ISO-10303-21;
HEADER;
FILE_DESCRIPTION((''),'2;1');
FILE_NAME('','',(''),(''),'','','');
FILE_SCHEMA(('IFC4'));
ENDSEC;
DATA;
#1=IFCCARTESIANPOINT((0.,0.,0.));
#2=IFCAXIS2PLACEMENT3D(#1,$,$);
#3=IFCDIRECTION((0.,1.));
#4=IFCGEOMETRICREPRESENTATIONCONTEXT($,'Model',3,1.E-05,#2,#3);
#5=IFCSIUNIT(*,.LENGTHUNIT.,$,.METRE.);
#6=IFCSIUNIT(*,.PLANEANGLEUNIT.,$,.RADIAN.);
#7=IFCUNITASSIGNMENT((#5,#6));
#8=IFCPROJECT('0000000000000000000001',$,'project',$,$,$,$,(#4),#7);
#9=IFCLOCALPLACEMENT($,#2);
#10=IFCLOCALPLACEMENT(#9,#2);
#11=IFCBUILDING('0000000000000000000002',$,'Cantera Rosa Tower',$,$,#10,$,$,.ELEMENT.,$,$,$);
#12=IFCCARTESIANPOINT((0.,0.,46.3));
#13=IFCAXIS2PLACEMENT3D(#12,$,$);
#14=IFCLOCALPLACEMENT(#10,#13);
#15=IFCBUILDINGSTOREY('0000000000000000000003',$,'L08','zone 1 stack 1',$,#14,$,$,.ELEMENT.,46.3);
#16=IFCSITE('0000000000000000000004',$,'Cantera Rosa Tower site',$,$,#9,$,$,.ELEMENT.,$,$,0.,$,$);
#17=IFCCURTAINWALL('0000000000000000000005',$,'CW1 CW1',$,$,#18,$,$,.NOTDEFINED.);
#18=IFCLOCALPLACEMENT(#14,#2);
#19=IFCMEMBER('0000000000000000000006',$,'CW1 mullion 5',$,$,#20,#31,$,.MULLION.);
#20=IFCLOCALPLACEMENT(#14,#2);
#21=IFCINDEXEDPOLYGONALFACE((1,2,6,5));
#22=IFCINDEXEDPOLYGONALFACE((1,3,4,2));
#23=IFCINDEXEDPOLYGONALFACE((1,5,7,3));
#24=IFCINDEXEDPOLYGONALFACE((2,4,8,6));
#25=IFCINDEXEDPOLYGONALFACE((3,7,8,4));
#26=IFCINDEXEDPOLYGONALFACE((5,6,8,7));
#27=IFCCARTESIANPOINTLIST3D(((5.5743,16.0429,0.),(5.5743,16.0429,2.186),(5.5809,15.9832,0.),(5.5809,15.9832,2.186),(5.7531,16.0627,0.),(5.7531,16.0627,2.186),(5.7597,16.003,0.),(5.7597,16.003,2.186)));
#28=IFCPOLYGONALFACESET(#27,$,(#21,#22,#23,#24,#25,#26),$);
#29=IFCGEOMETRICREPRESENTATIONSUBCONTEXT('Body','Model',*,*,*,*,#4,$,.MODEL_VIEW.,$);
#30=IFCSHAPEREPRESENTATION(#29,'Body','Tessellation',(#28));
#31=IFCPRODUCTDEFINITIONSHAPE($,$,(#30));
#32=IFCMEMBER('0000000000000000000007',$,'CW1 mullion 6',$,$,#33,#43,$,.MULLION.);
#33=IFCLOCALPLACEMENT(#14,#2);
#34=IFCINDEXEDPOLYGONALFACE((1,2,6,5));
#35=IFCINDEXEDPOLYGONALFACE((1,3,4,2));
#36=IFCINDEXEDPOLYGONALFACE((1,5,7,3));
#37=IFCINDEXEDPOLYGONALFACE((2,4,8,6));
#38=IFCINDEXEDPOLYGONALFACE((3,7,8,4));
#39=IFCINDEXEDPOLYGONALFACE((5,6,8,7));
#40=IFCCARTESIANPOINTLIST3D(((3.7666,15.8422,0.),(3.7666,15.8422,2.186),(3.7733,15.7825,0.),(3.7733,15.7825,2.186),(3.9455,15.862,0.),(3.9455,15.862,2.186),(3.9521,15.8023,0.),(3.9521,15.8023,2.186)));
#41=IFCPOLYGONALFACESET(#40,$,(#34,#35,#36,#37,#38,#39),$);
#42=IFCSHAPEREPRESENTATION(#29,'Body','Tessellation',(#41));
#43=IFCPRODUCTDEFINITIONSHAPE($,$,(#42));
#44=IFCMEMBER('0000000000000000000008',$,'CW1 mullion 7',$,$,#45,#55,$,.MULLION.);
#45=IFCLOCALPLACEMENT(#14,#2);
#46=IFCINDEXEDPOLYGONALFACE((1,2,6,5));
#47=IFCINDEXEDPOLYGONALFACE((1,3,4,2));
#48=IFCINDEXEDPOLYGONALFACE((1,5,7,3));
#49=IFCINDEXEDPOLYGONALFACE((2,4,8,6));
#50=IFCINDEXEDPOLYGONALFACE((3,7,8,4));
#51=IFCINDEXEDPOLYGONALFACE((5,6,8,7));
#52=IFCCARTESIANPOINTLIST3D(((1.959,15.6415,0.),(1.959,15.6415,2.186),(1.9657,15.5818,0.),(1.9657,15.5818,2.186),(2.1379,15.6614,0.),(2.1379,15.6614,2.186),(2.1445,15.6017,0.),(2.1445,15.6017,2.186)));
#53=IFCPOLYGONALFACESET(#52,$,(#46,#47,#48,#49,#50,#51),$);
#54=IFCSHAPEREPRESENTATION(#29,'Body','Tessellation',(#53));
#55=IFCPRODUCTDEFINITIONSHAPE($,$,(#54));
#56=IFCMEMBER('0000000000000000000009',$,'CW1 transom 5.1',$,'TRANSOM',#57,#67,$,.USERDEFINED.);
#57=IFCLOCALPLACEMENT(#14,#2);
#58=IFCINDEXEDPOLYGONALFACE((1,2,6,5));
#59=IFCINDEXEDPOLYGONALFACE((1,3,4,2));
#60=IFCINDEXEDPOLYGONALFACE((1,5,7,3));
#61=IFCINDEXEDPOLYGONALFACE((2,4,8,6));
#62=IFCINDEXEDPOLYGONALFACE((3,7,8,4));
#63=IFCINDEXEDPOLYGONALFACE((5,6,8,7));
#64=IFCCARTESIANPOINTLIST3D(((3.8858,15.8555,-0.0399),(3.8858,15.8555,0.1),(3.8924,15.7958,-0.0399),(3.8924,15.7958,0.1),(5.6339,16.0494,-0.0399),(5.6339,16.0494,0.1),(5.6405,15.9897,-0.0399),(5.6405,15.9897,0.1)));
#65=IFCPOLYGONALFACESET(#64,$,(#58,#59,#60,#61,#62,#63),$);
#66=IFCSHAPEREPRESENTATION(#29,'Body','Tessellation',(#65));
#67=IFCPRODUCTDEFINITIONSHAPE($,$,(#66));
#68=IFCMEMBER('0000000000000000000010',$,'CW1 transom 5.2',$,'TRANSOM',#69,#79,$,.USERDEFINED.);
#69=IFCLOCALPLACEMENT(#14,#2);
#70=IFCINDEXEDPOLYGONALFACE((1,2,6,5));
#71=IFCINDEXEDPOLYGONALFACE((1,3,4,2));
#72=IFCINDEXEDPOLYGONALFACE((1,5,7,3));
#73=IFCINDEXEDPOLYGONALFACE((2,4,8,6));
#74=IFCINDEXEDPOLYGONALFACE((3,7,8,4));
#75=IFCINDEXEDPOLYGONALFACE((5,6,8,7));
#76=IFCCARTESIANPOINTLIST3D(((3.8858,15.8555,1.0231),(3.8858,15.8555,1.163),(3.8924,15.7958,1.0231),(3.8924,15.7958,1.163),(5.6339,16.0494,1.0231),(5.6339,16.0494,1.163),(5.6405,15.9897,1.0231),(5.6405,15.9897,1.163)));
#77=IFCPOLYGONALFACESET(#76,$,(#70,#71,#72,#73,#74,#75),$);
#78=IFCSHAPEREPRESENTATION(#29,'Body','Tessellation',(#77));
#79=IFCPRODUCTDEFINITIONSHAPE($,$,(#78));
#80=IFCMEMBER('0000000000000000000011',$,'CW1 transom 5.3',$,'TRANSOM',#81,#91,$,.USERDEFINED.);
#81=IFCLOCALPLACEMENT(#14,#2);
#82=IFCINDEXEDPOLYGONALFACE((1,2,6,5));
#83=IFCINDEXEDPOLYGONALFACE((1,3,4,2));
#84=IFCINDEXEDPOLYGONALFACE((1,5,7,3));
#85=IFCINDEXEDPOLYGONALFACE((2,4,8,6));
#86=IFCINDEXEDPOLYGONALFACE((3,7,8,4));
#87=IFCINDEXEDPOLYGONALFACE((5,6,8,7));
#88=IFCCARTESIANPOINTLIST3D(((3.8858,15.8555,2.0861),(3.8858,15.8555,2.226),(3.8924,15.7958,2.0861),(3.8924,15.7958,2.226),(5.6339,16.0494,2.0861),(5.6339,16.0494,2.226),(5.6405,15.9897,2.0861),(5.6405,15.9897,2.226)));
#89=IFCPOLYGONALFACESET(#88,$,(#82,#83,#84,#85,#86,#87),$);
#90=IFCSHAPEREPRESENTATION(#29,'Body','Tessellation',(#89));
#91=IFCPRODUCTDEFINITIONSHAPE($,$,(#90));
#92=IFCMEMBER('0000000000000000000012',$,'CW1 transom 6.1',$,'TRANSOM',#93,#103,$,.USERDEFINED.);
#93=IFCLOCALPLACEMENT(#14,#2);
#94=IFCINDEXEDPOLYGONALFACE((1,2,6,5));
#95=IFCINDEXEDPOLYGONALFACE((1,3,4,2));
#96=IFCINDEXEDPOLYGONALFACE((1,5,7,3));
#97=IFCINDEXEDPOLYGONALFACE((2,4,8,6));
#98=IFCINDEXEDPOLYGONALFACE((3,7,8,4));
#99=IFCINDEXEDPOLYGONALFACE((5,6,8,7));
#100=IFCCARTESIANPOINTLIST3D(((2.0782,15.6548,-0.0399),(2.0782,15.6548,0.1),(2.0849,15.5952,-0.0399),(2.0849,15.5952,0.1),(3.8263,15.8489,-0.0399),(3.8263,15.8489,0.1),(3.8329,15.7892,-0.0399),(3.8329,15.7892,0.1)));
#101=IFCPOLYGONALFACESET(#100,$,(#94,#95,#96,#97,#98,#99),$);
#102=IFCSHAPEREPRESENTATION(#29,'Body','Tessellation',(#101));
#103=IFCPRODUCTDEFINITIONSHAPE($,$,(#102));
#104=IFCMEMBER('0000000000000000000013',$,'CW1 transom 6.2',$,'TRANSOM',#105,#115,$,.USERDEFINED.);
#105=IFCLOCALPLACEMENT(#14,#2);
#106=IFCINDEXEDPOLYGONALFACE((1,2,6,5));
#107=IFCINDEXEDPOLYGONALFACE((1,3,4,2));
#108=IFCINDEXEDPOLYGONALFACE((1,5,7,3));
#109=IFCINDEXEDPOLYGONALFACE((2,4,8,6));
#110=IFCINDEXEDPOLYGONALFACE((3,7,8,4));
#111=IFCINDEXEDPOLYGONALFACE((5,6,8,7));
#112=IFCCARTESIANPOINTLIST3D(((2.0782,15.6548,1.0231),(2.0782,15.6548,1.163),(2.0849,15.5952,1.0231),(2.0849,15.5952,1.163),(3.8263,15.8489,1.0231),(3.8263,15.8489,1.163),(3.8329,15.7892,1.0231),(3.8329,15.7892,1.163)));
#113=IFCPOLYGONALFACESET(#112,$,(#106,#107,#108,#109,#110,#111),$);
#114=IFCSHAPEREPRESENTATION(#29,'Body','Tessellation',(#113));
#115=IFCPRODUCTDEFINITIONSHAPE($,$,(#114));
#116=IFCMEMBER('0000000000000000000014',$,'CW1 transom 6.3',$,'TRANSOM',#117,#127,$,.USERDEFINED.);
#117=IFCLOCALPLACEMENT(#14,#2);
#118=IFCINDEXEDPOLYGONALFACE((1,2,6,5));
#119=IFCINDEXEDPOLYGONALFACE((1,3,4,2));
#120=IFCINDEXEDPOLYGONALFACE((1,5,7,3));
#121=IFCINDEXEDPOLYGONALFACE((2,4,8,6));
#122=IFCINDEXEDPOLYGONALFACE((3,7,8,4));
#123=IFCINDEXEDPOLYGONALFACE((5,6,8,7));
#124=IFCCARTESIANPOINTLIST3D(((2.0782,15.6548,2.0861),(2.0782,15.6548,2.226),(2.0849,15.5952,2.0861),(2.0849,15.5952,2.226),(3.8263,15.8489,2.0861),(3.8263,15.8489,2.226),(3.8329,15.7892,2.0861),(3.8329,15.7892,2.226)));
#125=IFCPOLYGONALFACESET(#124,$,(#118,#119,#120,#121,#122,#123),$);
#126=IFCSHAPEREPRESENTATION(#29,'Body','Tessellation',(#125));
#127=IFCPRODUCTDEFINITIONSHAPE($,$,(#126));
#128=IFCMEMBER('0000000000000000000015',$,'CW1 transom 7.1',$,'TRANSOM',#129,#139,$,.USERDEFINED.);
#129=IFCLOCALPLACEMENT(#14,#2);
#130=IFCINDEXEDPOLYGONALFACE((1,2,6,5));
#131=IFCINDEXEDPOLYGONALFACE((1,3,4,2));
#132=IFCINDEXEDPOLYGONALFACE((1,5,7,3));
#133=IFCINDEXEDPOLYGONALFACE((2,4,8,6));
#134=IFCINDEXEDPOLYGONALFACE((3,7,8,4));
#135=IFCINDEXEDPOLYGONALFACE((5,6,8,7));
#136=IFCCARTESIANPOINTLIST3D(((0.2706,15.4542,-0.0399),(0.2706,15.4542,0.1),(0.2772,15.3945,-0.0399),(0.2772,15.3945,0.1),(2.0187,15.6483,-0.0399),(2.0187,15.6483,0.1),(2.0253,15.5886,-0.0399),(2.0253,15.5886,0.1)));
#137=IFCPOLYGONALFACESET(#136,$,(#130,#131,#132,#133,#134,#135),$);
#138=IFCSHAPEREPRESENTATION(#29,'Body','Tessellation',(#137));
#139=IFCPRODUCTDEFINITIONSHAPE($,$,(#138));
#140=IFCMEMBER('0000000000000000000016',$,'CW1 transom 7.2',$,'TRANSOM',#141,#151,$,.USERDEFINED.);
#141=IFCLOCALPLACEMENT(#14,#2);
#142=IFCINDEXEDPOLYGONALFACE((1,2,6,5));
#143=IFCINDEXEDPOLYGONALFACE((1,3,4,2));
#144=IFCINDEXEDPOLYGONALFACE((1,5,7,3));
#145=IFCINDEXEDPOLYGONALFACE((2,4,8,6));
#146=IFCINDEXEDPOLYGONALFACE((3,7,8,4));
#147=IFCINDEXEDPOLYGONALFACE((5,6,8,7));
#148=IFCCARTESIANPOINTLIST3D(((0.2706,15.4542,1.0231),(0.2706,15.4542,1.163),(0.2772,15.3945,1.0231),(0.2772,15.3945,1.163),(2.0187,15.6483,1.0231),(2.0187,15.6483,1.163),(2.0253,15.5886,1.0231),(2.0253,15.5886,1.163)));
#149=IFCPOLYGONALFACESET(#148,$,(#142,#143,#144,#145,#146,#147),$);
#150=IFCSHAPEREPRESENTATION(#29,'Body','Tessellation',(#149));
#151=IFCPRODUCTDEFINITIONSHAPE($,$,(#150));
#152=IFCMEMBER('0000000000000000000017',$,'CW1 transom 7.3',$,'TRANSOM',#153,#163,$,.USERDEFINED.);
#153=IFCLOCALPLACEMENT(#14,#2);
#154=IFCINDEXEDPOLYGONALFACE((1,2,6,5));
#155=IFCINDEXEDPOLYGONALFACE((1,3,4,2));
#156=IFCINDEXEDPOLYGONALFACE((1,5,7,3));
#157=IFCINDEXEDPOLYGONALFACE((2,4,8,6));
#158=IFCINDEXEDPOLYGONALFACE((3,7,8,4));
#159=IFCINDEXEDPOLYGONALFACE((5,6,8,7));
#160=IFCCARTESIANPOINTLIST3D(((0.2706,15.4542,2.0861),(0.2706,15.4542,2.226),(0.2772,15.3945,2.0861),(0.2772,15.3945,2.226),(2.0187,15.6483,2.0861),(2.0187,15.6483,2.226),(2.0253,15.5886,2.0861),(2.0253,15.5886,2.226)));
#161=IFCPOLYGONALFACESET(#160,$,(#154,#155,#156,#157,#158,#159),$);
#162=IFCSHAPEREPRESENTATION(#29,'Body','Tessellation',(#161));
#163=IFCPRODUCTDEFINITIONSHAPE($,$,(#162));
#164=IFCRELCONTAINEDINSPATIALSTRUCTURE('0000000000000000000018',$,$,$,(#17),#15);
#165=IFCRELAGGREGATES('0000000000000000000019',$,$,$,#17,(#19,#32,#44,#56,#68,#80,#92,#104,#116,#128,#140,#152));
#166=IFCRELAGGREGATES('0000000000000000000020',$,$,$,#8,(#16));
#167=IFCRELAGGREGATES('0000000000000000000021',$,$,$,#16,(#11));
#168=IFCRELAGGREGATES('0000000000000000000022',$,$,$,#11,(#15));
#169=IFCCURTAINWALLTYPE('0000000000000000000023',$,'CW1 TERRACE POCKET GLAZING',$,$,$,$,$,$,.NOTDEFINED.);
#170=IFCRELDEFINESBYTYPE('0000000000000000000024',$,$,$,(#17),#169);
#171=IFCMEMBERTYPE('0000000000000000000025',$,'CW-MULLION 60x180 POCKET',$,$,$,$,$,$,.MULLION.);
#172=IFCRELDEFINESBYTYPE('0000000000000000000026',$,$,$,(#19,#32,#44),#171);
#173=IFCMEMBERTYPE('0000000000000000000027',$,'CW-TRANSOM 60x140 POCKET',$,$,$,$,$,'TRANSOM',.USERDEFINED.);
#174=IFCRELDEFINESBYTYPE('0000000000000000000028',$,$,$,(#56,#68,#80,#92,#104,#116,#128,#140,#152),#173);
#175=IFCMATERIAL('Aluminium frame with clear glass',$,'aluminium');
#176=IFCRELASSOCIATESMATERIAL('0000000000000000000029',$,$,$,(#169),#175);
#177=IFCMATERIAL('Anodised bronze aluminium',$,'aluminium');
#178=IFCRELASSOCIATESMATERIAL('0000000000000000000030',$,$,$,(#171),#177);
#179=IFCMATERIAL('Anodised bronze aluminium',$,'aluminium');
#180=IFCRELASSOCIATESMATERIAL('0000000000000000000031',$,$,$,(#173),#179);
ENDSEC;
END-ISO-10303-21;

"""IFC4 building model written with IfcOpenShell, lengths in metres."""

from ifc_helpers import new_model, si_unit, direction, frame, origin, origin_2d, place, context, subcontext, project, spatial, rectangle, extrude, material, material_profile, profile_set, type_object, element, aggregate, save


model = new_model("IFC4")

# Units and contexts
model_context = context("Model", 3, precision=1e-05, world=origin(), true_north=direction((0.0, 1.0)))
body_context = subcontext(model_context, "Body", "Model", "MODEL_VIEW")
ifc_project = project(units=[si_unit("LENGTHUNIT", "METRE"), si_unit("PLANEANGLEUNIT", "RADIAN")], contexts=[model_context])

# Site, building, storey
site_placement = place(None, origin())
site = spatial("IfcSite", under=ifc_project, at=site_placement, Name="Cantera Rosa Tower site", CompositionType="ELEMENT", RefElevation=0.0)
building_placement = place(site_placement, origin())
building = spatial("IfcBuilding", under=site, at=building_placement, Name="Cantera Rosa Tower", CompositionType="ELEMENT")
storey_placement = place(building_placement, frame((0.0, 0.0, 46.3)))
storey = spatial("IfcBuildingStorey", under=building, at=storey_placement, Name="L08", Description="zone 1 stack 1", CompositionType="ELEMENT", Elevation=46.3)

# Curtain wall, members
ifc_material_1 = material(Name="Aluminium frame with clear glass", Category="aluminium")
curtain_wall_type = type_object("IfcCurtainWallType", Name="CW1 TERRACE POCKET GLAZING", PredefinedType="NOTDEFINED", material=ifc_material_1)
curtain_wall_placement = place(storey_placement, origin())
curtain_wall = element("IfcCurtainWall", 1, at=curtain_wall_placement, inside=storey, type_object=curtain_wall_type, Name="CW1 CW1", PredefinedType="NOTDEFINED")
ifc_material_2 = material(Name="Anodised bronze aluminium", Category="aluminium")
ifc_material_profile_1 = material_profile(ifc_material_2, rectangle(XDim=0.0601, YDim=0.1799, at=origin_2d()), Name="CW-MULLION 60x180 POCKET")
ifc_profile_set_1 = profile_set([ifc_material_profile_1], Name="Anodised bronze aluminium")
member_type_1 = type_object("IfcMemberType", Name="CW-MULLION 60x180 POCKET", PredefinedType="MULLION", material=ifc_profile_set_1)
member_1_placement = place(storey_placement, frame((5.667, 16.0229, 0.0), z_axis=(0.0, 0.0, 1.0), x_axis=(0.110313, -0.993897, 0.0)))
member_1 = element("IfcMember", 2, at=member_1_placement, type_object=member_type_1, Name="CW1 mullion 5", PredefinedType="MULLION", context=body_context, shape_type="SweptSolid", body=[
    extrude(rectangle(XDim=0.0601, YDim=0.1799, at=origin_2d()), origin(), (0.0, 0.0, 1.0), 2.186),
])
member_2_placement = place(storey_placement, frame((3.8594, 15.8223, 0.0), z_axis=(0.0, 0.0, 1.0), x_axis=(0.110313, -0.993897, 0.0)))
member_2 = element("IfcMember", 3, at=member_2_placement, type_object=member_type_1, Name="CW1 mullion 6", PredefinedType="MULLION", context=body_context, shape_type="SweptSolid", body=[
    extrude(rectangle(XDim=0.0601, YDim=0.1799, at=origin_2d()), origin(), (0.0, 0.0, 1.0), 2.186),
])
member_3_placement = place(storey_placement, frame((2.0518, 15.6216, 0.0), z_axis=(0.0, 0.0, 1.0), x_axis=(0.110313, -0.993897, 0.0)))
member_3 = element("IfcMember", 4, at=member_3_placement, type_object=member_type_1, Name="CW1 mullion 7", PredefinedType="MULLION", context=body_context, shape_type="SweptSolid", body=[
    extrude(rectangle(XDim=0.0601, YDim=0.1799, at=origin_2d()), origin(), (0.0, 0.0, 1.0), 2.186),
])
ifc_material_3 = material(Name="Anodised bronze aluminium", Category="aluminium")
ifc_material_profile_2 = material_profile(ifc_material_3, rectangle(XDim=0.0601, YDim=0.1399, at=origin_2d()), Name="CW-TRANSOM 60x140 POCKET")
ifc_profile_set_2 = profile_set([ifc_material_profile_2], Name="Anodised bronze aluminium")
member_type_2 = type_object("IfcMemberType", Name="CW-TRANSOM 60x140 POCKET", ElementType="TRANSOM", PredefinedType="USERDEFINED", material=ifc_profile_set_2)
member_4_placement = place(storey_placement, frame((5.6372, 16.0195, 0.03), z_axis=(-0.993907, -0.110218, 0.0), x_axis=(0.110218, -0.993907, 0.0)))
member_4 = element("IfcMember", 5, at=member_4_placement, type_object=member_type_2, Name="CW1 transom 5.1", ObjectType="TRANSOM", PredefinedType="USERDEFINED", context=body_context, shape_type="SweptSolid", body=[
    extrude(rectangle(XDim=0.0601, YDim=0.1399, at=origin_2d()), origin(), (0.0, 0.0, 1.0), 1.7588),
])
member_5_placement = place(storey_placement, frame((5.6372, 16.0195, 1.093), z_axis=(-0.993907, -0.110218, 0.0), x_axis=(0.110218, -0.993907, 0.0)))
member_5 = element("IfcMember", 6, at=member_5_placement, type_object=member_type_2, Name="CW1 transom 5.2", ObjectType="TRANSOM", PredefinedType="USERDEFINED", context=body_context, shape_type="SweptSolid", body=[
    extrude(rectangle(XDim=0.0601, YDim=0.1399, at=origin_2d()), origin(), (0.0, 0.0, 1.0), 1.7588),
])
member_6_placement = place(storey_placement, frame((5.6372, 16.0195, 2.156), z_axis=(-0.993907, -0.110218, 0.0), x_axis=(0.110218, -0.993907, 0.0)))
member_6 = element("IfcMember", 7, at=member_6_placement, type_object=member_type_2, Name="CW1 transom 5.3", ObjectType="TRANSOM", PredefinedType="USERDEFINED", context=body_context, shape_type="SweptSolid", body=[
    extrude(rectangle(XDim=0.0601, YDim=0.1399, at=origin_2d()), origin(), (0.0, 0.0, 1.0), 1.7588),
])
member_7_placement = place(storey_placement, frame((3.8296, 15.8191, 0.03), z_axis=(-0.993892, -0.110355, 0.0), x_axis=(0.110355, -0.993892, 0.0)))
member_7 = element("IfcMember", 8, at=member_7_placement, type_object=member_type_2, Name="CW1 transom 6.1", ObjectType="TRANSOM", PredefinedType="USERDEFINED", context=body_context, shape_type="SweptSolid", body=[
    extrude(rectangle(XDim=0.0601, YDim=0.1399, at=origin_2d()), origin(), (0.0, 0.0, 1.0), 1.7588),
])
member_8_placement = place(storey_placement, frame((3.8296, 15.8191, 1.093), z_axis=(-0.993892, -0.110355, 0.0), x_axis=(0.110355, -0.993892, 0.0)))
member_8 = element("IfcMember", 9, at=member_8_placement, type_object=member_type_2, Name="CW1 transom 6.2", ObjectType="TRANSOM", PredefinedType="USERDEFINED", context=body_context, shape_type="SweptSolid", body=[
    extrude(rectangle(XDim=0.0601, YDim=0.1399, at=origin_2d()), origin(), (0.0, 0.0, 1.0), 1.7588),
])
member_9_placement = place(storey_placement, frame((3.8296, 15.8191, 2.156), z_axis=(-0.993892, -0.110355, 0.0), x_axis=(0.110355, -0.993892, 0.0)))
member_9 = element("IfcMember", 10, at=member_9_placement, type_object=member_type_2, Name="CW1 transom 6.3", ObjectType="TRANSOM", PredefinedType="USERDEFINED", context=body_context, shape_type="SweptSolid", body=[
    extrude(rectangle(XDim=0.0601, YDim=0.1399, at=origin_2d()), origin(), (0.0, 0.0, 1.0), 1.7588),
])
member_10_placement = place(storey_placement, frame((2.022, 15.6184, 0.03), z_axis=(-0.993892, -0.110355, 0.0), x_axis=(0.110355, -0.993892, 0.0)))
member_10 = element("IfcMember", 11, at=member_10_placement, type_object=member_type_2, Name="CW1 transom 7.1", ObjectType="TRANSOM", PredefinedType="USERDEFINED", context=body_context, shape_type="SweptSolid", body=[
    extrude(rectangle(XDim=0.0601, YDim=0.1399, at=origin_2d()), origin(), (0.0, 0.0, 1.0), 1.7588),
])
member_11_placement = place(storey_placement, frame((2.022, 15.6184, 1.093), z_axis=(-0.993892, -0.110355, 0.0), x_axis=(0.110355, -0.993892, 0.0)))
member_11 = element("IfcMember", 12, at=member_11_placement, type_object=member_type_2, Name="CW1 transom 7.2", ObjectType="TRANSOM", PredefinedType="USERDEFINED", context=body_context, shape_type="SweptSolid", body=[
    extrude(rectangle(XDim=0.0601, YDim=0.1399, at=origin_2d()), origin(), (0.0, 0.0, 1.0), 1.7588),
])
member_12_placement = place(storey_placement, frame((2.022, 15.6184, 2.156), z_axis=(-0.993892, -0.110355, 0.0), x_axis=(0.110355, -0.993892, 0.0)))
member_12 = element("IfcMember", 13, at=member_12_placement, type_object=member_type_2, Name="CW1 transom 7.3", ObjectType="TRANSOM", PredefinedType="USERDEFINED", context=body_context, shape_type="SweptSolid", body=[
    extrude(rectangle(XDim=0.0601, YDim=0.1399, at=origin_2d()), origin(), (0.0, 0.0, 1.0), 1.7588),
])

aggregate(curtain_wall, [member_1, member_2, member_3, member_4, member_5, member_6, member_7, member_8, member_9, member_10, member_11, member_12])

save(model, "model.ifc")
